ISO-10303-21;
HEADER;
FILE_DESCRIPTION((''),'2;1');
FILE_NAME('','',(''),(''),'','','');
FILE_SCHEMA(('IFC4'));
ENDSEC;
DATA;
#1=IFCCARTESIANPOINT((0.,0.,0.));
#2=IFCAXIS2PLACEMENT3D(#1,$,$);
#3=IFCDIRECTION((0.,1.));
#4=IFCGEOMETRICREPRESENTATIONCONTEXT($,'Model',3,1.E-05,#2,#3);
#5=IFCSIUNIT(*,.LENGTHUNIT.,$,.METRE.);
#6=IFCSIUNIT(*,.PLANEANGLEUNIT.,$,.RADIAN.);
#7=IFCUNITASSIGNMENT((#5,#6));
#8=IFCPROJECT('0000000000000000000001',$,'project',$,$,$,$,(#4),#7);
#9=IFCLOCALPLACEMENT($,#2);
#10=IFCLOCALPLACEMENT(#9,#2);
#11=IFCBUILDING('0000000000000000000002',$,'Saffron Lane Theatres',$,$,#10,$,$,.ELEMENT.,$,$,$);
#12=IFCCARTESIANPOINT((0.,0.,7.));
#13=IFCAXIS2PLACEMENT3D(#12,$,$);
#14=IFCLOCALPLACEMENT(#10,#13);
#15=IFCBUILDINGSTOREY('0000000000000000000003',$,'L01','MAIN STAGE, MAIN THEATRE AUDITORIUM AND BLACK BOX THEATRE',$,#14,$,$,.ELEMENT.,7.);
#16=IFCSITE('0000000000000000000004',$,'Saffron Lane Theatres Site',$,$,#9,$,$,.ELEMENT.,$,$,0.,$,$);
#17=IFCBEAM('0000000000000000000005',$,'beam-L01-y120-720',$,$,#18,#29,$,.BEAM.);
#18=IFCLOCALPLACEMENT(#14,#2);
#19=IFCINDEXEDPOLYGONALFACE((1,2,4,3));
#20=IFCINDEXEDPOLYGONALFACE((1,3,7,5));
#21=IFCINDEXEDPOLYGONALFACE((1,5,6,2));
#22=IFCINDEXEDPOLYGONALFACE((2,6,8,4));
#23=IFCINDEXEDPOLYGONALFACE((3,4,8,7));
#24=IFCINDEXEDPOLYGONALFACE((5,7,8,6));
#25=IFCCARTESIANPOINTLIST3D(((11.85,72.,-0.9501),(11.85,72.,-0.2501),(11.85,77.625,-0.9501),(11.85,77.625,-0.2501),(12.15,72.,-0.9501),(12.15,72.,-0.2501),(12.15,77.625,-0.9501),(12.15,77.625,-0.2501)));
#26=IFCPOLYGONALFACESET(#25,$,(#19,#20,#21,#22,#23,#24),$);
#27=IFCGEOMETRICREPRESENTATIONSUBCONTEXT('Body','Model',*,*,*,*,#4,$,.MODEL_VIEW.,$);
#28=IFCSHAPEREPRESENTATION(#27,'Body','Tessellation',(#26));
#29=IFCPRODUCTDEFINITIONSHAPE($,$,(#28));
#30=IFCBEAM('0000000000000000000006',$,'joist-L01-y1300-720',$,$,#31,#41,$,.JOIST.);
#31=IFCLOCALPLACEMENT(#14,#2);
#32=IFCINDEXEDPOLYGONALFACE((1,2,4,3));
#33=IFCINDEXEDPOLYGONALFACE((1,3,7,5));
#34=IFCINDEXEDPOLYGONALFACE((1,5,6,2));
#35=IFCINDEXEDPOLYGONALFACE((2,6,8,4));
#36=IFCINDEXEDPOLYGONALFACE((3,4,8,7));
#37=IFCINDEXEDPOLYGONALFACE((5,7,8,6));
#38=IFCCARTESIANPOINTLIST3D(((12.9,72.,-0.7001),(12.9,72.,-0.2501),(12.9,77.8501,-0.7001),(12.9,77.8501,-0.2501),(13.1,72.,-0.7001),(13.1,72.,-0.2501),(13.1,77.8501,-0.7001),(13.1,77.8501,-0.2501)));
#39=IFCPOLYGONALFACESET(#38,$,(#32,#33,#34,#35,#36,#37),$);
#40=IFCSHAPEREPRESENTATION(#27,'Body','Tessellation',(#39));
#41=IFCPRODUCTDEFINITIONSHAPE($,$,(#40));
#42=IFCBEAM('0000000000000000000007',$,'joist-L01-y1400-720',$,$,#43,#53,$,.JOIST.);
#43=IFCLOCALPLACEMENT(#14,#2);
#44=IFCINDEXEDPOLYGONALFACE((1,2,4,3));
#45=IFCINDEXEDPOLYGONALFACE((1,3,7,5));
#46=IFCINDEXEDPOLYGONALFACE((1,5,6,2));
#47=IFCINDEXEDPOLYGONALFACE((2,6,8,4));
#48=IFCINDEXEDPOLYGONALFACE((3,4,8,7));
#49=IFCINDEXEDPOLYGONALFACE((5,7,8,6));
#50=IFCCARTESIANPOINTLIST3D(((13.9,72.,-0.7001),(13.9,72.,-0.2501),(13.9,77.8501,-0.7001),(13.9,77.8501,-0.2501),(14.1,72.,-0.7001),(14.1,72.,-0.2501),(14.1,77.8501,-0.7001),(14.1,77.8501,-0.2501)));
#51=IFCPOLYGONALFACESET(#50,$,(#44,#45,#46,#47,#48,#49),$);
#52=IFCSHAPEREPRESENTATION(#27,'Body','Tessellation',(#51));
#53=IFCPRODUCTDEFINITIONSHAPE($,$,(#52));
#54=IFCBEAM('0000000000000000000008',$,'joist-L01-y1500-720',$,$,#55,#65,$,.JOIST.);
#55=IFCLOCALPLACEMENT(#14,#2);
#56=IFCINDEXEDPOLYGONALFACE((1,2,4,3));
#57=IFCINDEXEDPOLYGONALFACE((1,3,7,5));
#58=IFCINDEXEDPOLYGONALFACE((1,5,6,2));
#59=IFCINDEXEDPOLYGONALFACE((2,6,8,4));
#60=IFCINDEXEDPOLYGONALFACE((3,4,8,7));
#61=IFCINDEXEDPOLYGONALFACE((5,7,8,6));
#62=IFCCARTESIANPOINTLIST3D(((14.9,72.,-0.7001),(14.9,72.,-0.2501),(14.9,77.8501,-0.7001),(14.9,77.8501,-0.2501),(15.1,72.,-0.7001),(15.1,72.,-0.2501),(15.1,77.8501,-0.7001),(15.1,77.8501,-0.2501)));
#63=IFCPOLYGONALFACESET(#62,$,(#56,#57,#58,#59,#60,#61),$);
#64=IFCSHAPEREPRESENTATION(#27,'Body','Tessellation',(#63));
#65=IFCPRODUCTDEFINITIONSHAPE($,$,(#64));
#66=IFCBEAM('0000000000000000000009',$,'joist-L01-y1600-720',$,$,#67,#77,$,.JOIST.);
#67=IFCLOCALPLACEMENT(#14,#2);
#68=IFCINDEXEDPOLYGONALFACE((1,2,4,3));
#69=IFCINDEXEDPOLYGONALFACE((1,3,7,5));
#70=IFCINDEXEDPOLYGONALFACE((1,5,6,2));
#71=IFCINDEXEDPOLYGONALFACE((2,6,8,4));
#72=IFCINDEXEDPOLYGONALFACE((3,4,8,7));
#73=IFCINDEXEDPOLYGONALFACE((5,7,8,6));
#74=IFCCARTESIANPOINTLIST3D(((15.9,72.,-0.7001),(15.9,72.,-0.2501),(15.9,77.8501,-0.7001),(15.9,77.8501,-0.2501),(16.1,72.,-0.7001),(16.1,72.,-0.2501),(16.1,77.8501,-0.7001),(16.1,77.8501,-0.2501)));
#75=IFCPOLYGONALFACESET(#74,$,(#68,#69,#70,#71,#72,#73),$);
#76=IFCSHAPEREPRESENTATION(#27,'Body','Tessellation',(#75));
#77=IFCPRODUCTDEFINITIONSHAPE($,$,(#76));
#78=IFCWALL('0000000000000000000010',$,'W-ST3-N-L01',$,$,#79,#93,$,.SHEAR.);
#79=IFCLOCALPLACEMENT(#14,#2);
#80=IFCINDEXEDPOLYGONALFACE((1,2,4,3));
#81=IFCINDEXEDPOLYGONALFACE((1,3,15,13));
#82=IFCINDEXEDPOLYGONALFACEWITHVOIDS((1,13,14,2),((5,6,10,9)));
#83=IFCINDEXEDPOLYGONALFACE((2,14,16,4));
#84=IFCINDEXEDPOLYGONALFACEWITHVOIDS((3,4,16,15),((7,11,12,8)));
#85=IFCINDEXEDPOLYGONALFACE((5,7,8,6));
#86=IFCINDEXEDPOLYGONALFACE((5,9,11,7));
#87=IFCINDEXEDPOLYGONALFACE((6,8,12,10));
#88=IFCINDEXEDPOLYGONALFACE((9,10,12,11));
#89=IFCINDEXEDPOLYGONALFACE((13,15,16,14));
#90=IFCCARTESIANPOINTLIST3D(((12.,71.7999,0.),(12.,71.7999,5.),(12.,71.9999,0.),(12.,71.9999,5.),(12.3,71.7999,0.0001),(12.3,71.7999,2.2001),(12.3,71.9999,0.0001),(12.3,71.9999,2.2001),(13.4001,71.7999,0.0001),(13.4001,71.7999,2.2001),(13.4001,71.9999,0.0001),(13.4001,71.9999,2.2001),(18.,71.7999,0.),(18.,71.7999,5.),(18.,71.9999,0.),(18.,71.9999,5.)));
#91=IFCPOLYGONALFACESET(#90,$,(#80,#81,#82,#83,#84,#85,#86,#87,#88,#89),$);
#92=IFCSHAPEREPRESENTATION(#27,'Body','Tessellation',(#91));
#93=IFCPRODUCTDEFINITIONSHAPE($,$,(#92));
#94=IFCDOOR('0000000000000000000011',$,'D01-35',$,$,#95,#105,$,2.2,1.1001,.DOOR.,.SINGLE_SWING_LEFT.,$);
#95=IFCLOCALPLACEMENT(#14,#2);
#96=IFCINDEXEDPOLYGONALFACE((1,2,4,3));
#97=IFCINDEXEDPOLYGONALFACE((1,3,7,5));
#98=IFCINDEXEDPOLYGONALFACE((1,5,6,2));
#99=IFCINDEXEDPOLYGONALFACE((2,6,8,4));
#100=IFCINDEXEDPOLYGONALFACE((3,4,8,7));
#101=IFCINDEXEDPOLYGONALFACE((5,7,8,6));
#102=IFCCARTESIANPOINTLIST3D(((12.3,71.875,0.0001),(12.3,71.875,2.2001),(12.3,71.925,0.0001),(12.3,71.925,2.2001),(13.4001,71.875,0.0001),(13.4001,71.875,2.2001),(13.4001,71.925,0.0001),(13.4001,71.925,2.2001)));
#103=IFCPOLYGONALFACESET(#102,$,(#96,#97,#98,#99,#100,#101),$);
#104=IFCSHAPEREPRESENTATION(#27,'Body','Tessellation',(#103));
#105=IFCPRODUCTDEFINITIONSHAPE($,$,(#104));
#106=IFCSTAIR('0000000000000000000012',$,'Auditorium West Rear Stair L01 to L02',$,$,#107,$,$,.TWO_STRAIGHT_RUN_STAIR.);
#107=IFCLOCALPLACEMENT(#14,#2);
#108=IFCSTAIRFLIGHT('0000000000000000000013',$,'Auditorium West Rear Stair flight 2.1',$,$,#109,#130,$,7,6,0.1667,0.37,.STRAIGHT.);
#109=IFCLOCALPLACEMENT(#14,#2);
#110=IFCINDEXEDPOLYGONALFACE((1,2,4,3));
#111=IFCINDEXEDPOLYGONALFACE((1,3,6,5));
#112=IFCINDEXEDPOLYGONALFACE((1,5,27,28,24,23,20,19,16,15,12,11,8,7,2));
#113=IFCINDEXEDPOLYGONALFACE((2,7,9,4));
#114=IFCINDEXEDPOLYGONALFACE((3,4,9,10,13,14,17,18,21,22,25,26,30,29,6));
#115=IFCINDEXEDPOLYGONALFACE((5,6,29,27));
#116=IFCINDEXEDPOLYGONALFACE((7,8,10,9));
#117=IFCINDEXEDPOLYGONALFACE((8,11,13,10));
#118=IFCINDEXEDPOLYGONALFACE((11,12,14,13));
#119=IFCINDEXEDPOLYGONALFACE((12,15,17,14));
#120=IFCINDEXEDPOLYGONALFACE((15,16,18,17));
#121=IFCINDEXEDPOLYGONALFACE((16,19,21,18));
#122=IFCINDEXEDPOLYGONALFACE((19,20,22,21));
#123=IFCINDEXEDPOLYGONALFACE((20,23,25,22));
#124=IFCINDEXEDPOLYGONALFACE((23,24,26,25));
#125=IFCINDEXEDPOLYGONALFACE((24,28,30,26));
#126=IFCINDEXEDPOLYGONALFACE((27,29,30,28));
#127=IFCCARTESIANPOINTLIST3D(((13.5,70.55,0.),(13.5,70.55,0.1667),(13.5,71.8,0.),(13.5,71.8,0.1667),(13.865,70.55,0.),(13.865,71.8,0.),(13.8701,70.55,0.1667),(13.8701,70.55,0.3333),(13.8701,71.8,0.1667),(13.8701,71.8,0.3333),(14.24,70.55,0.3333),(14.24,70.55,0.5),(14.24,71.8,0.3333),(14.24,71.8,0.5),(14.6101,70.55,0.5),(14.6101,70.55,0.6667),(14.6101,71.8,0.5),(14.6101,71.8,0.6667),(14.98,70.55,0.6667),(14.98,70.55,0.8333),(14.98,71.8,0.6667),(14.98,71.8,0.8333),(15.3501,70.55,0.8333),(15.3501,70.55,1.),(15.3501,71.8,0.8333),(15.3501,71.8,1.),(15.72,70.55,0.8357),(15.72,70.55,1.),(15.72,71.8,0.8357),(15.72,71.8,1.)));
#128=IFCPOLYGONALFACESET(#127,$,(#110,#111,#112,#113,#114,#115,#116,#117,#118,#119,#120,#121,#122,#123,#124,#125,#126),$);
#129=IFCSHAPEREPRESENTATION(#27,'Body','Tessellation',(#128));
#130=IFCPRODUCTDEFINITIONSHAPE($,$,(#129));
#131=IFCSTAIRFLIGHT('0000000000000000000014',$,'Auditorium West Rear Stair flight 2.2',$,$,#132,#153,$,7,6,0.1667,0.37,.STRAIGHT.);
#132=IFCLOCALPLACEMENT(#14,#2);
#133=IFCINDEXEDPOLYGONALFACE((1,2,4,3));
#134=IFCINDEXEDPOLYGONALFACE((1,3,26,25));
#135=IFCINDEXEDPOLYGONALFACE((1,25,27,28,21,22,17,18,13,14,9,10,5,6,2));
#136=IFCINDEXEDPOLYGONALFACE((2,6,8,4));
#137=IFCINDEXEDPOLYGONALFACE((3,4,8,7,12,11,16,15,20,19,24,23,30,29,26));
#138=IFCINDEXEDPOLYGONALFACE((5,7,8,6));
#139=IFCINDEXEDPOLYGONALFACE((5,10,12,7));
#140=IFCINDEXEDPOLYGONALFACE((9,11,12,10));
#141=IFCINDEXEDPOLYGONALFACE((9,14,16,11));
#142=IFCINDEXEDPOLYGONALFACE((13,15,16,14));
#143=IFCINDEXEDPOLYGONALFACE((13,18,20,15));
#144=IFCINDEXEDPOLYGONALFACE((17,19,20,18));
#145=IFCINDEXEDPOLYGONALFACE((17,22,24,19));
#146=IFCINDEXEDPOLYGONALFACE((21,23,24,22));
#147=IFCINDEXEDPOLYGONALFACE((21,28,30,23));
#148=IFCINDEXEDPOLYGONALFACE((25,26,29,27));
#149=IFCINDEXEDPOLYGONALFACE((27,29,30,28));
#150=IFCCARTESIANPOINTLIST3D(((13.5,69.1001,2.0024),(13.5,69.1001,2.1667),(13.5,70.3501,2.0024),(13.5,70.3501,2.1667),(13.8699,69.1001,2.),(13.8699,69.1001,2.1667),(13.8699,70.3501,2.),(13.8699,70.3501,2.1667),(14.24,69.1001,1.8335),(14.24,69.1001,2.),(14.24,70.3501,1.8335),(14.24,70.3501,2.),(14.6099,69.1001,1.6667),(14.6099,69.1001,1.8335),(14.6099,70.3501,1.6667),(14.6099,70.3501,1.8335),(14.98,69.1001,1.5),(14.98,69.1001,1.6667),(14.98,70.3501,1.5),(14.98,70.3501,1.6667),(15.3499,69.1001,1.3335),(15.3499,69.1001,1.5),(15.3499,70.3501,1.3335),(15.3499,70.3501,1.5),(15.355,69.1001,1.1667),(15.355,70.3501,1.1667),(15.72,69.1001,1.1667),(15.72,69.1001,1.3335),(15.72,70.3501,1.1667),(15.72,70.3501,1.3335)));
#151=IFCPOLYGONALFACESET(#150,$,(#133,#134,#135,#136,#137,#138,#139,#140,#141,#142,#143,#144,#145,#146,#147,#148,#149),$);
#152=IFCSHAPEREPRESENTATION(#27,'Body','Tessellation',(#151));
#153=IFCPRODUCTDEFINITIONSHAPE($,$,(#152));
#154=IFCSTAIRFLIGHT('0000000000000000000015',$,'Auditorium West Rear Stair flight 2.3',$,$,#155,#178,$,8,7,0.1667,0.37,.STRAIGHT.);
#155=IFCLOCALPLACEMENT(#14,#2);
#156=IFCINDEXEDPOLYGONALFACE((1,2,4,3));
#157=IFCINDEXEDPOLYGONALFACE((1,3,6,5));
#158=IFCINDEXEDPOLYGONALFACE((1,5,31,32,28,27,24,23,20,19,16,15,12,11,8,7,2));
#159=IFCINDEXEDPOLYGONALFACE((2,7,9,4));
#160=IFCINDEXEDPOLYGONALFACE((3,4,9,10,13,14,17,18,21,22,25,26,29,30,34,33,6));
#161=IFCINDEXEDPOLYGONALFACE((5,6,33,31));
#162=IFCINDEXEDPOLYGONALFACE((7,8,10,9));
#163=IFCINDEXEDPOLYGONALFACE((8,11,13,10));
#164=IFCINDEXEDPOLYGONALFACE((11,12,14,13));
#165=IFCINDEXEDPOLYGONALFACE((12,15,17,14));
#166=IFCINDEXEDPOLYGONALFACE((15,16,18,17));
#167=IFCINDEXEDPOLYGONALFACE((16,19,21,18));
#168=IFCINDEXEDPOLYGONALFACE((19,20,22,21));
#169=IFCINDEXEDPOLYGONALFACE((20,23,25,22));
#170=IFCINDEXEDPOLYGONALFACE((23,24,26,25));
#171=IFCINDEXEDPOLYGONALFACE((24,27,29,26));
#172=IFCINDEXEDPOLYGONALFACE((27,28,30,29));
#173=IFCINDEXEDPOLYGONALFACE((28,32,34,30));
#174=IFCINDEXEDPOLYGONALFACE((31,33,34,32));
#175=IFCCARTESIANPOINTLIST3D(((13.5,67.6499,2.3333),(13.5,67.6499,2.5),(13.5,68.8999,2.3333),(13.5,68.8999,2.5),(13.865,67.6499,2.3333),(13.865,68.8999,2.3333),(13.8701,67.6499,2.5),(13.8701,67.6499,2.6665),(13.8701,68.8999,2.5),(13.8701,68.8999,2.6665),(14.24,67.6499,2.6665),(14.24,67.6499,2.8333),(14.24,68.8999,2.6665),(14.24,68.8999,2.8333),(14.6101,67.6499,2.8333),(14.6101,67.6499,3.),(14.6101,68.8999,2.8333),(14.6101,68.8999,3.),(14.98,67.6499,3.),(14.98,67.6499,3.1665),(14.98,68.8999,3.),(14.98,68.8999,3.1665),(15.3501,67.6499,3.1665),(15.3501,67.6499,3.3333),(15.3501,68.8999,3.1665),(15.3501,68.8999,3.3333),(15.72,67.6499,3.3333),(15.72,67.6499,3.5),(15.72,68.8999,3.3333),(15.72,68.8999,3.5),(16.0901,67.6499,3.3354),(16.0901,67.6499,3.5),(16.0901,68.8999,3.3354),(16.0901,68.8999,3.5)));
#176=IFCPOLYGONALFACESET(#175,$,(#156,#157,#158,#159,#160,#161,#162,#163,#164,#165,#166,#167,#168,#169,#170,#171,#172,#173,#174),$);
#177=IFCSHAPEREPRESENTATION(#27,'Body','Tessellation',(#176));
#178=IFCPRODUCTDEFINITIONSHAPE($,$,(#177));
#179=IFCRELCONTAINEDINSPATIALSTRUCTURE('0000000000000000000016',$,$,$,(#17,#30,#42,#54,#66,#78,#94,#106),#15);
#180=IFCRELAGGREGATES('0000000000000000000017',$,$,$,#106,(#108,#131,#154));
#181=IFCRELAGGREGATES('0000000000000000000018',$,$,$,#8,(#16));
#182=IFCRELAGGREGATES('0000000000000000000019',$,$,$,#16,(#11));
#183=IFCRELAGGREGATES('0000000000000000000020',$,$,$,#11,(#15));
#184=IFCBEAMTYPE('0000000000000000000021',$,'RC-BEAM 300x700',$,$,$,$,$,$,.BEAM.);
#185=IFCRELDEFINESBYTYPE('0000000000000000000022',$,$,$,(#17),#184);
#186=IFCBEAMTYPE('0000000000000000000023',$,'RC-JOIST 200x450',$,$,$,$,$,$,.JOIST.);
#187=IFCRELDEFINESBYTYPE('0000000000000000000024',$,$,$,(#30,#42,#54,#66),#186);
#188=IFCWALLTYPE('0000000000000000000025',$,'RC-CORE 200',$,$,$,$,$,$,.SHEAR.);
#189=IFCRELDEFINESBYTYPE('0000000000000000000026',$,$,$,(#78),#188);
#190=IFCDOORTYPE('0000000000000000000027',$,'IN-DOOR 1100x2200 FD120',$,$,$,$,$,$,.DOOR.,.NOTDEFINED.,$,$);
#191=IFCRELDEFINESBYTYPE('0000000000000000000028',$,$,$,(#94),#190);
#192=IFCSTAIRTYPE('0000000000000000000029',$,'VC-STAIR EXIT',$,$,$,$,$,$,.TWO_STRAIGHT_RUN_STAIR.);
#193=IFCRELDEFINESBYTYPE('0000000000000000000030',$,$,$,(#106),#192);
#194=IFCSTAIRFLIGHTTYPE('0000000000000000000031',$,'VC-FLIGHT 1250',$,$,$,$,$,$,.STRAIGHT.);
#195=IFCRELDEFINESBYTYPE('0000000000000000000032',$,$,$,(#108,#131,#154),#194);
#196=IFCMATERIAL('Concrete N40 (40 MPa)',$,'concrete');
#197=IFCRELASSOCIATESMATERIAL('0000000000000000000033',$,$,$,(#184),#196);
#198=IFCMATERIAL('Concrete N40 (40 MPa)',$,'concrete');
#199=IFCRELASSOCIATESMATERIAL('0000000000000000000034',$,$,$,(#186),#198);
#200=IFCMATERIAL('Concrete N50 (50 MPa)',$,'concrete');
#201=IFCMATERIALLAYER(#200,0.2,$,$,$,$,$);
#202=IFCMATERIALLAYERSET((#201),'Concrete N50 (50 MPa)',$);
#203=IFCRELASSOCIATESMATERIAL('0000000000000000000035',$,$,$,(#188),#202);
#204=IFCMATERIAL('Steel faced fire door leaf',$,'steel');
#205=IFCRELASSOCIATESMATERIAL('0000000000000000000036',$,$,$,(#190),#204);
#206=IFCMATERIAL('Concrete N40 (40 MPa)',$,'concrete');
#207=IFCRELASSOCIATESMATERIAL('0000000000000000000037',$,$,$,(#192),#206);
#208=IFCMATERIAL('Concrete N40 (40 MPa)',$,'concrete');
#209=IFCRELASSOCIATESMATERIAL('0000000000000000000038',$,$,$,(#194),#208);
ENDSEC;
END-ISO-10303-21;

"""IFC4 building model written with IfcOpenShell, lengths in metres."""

from ifc_helpers import new_model, si_unit, direction, frame, frame_2d, origin, origin_2d, place, context, subcontext, project, spatial, polyline, rectangle, outline, extrude, material, layer, layer_set, material_profile, profile_set, type_object, element, fill, aggregate, save


model = new_model("IFC4")

# Units and contexts
model_context = context("Model", 3, precision=1e-05, world=origin(), true_north=direction((0.0, 1.0)))
body_context = subcontext(model_context, "Body", "Model", "MODEL_VIEW")
ifc_project = project(units=[si_unit("LENGTHUNIT", "METRE"), si_unit("PLANEANGLEUNIT", "RADIAN")], contexts=[model_context])

# Site, building, storey
site_placement = place(None, origin())
site = spatial("IfcSite", under=ifc_project, at=site_placement, Name="Saffron Lane Theatres Site", CompositionType="ELEMENT", RefElevation=0.0)
building_placement = place(site_placement, origin())
building = spatial("IfcBuilding", under=site, at=building_placement, Name="Saffron Lane Theatres", CompositionType="ELEMENT")
storey_placement = place(building_placement, frame((0.0, 0.0, 7.0)))
storey = spatial("IfcBuildingStorey", under=building, at=storey_placement, Name="L01", Description="MAIN STAGE, MAIN THEATRE AUDITORIUM AND BLACK BOX THEATRE", CompositionType="ELEMENT", Elevation=7.0)

# Beams
ifc_material_1 = material(Name="Concrete N40 (40 MPa)", Category="concrete")
ifc_material_profile_1 = material_profile(ifc_material_1, rectangle(XDim=0.3, YDim=0.7, at=origin_2d()))
ifc_profile_set_1 = profile_set([ifc_material_profile_1], Name="Concrete N40 (40 MPa)")
beam_type_1 = type_object("IfcBeamType", Name="RC-BEAM 300x700", PredefinedType="BEAM", material=ifc_profile_set_1)
beam_placement = place(storey_placement, frame((12.0, 72.0, -0.6001), z_axis=(0.0, 1.0, 0.0), x_axis=(-1.0, 0.0, 0.0)))
element("IfcBeam", 1, at=beam_placement, inside=storey, type_object=beam_type_1, Name="beam-L01-y120-720", PredefinedType="BEAM", context=body_context, shape_type="SweptSolid", body=[
    extrude(rectangle(XDim=0.3, YDim=0.7, at=origin_2d()), origin(), (0.0, 0.0, 1.0), 5.625),
])
ifc_material_2 = material(Name="Concrete N40 (40 MPa)", Category="concrete")
ifc_material_profile_2 = material_profile(ifc_material_2, rectangle(XDim=0.2, YDim=0.45, at=origin_2d()))
ifc_profile_set_2 = profile_set([ifc_material_profile_2], Name="Concrete N40 (40 MPa)")
beam_type_2 = type_object("IfcBeamType", Name="RC-JOIST 200x450", PredefinedType="JOIST", material=ifc_profile_set_2)
for number, where, z_axis, x_axis, name in (
    (2, (13.0, 72.0, -0.4751), (0.0, 1.0, 0.0), (-1.0, 0.0, 0.0), "joist-L01-y1300-720"),
    (3, (14.0, 72.0, -0.4751), (0.0, 1.0, 0.0), (-1.0, 0.0, 0.0), "joist-L01-y1400-720"),
    (4, (15.0, 72.0, -0.4751), (0.0, 1.0, 0.0), (-1.0, 0.0, 0.0), "joist-L01-y1500-720"),
    (5, (16.0, 72.0, -0.4751), (0.0, 1.0, 0.0), (-1.0, 0.0, 0.0), "joist-L01-y1600-720"),
):
    element("IfcBeam", number, at=place(storey_placement, frame(where, z_axis=z_axis, x_axis=x_axis)), inside=storey, type_object=beam_type_2, Name=name, PredefinedType="JOIST", context=body_context, shape_type="SweptSolid", body=[
        extrude(rectangle(XDim=0.2, YDim=0.45, at=origin_2d()), origin(), (0.0, 0.0, 1.0), 5.8501),
    ])

# Wall, opening, door
ifc_material_3 = material(Name="Concrete N50 (50 MPa)", Category="concrete")
ifc_layer_1 = layer(ifc_material_3, 0.2)
ifc_layer_set_1 = layer_set([ifc_layer_1], Name="Concrete N50 (50 MPa)")
wall_type = type_object("IfcWallType", Name="RC-CORE 200", PredefinedType="SHEAR", material=ifc_layer_set_1)
wall_placement = place(storey_placement, frame((12.0, 71.8999, 0.0), z_axis=(0.0, 0.0, 1.0), x_axis=(1.0, 0.0, 0.0)))
wall = element("IfcWall", 6, at=wall_placement, inside=storey, type_object=wall_type, Name="W-ST3-N-L01", PredefinedType="SHEAR", context=body_context, shape_type="SweptSolid", body=[
    extrude(rectangle(XDim=6.0, YDim=0.2, at=frame_2d((3.0, 0.0))), origin(), (0.0, 0.0, 1.0), 5.0),
])
opening_placement = place(wall_placement, frame((0.3, 0.0, 0.0)))
opening = element("IfcOpeningElement", 7, at=opening_placement, cuts=wall, PredefinedType="OPENING", context=body_context, shape_type="SweptSolid", body=[
    extrude(rectangle(XDim=1.1001, YDim=2.2, at=frame_2d((0.55, 1.1001))), frame((0.0, 0.1099, 0.0), z_axis=(0.0, -1.0, 0.0), x_axis=(1.0, 0.0, 0.0)), (0.0, 0.0, 1.0), 0.22),
])
ifc_material_4 = material(Name="Steel faced fire door leaf", Category="steel")
door_type = type_object("IfcDoorType", Name="IN-DOOR 1100x2200 FD120", OperationType="NOTDEFINED", PredefinedType="DOOR", material=ifc_material_4)
door_placement = place(opening_placement, frame((1.1001, 0.0, 0.0), z_axis=(0.0, 0.0, 1.0), x_axis=(-1.0, 0.0, 0.0)))
door = element("IfcDoor", 8, at=door_placement, inside=storey, type_object=door_type, Name="D01-35", OperationType="SINGLE_SWING_LEFT", OverallHeight=2.2, OverallWidth=1.1001, PredefinedType="DOOR", context=body_context, shape_type="SweptSolid", body=[
    extrude(rectangle(XDim=1.1001, YDim=2.2, at=frame_2d((0.55, 1.1001))), frame((0.0, 0.0249, 0.0), z_axis=(0.0, -1.0, 0.0), x_axis=(1.0, 0.0, 0.0)), (0.0, 0.0, 1.0), 0.05),
])
fill(opening, door)

# Stair, stair flights
ifc_material_5 = material(Name="Concrete N40 (40 MPa)", Category="concrete")
stair_type = type_object("IfcStairType", Name="VC-STAIR EXIT", PredefinedType="TWO_STRAIGHT_RUN_STAIR", material=ifc_material_5)
stair_placement = place(storey_placement, origin())
stair = element("IfcStair", 9, at=stair_placement, inside=storey, type_object=stair_type, Name="Auditorium West Rear Stair L01 to L02", PredefinedType="TWO_STRAIGHT_RUN_STAIR")
ifc_material_6 = material(Name="Concrete N40 (40 MPa)", Category="concrete")
stair_flight_type = type_object("IfcStairFlightType", Name="VC-FLIGHT 1250", PredefinedType="STRAIGHT", material=ifc_material_6)
stair_flight_1_placement = place(storey_placement, frame((13.5, 71.175, 0.0), z_axis=(0.0, 0.0, 1.0), x_axis=(1.0, 0.0, 0.0)))
stair_flight_1 = element("IfcStairFlight", 10, at=stair_flight_1_placement, type_object=stair_flight_type, Name="Auditorium West Rear Stair flight 2.1", NumberOfRisers=7, NumberOfTreads=6, PredefinedType="STRAIGHT", RiserHeight=0.1667, TreadLength=0.37, context=body_context, shape_type="SweptSolid", body=[
    extrude(outline(polyline([(0.0, 0.0), (0.0, 0.1667), (0.3701, 0.1667), (0.3701, 0.3333), (0.74, 0.3333), (0.74, 0.5), (1.1101, 0.5), (1.1101, 0.6667), (1.48, 0.6667), (1.48, 0.8333), (1.8501, 0.8333), (1.8501, 1.0), (2.22, 1.0), (2.22, 1.1667), (2.22, 0.8357), (0.365, 0.0), (0.0, 0.0)])), frame((0.0, 0.625, 0.0), z_axis=(0.0, -1.0, 0.0), x_axis=(1.0, 0.0, 0.0)), (0.0, 0.0, 1.0), 1.25),
])
stair_flight_2_placement = place(storey_placement, frame((15.72, 69.7251, 1.1667), z_axis=(0.0, 0.0, 1.0), x_axis=(-1.0, 0.0, 0.0)))
stair_flight_2 = element("IfcStairFlight", 11, at=stair_flight_2_placement, type_object=stair_flight_type, Name="Auditorium West Rear Stair flight 2.2", NumberOfRisers=7, NumberOfTreads=6, PredefinedType="STRAIGHT", RiserHeight=0.1667, TreadLength=0.37, context=body_context, shape_type="SweptSolid", body=[
    extrude(outline(polyline([(0.0, 0.0), (0.0, 0.1667), (0.3701, 0.1667), (0.3701, 0.3333), (0.74, 0.3333), (0.74, 0.5), (1.1101, 0.5), (1.1101, 0.6667), (1.48, 0.6667), (1.48, 0.8333), (1.8501, 0.8333), (1.8501, 1.0), (2.22, 1.0), (2.22, 1.1667), (2.22, 0.8357), (0.365, 0.0), (0.0, 0.0)])), frame((0.0, 0.625, 0.0), z_axis=(0.0, -1.0, 0.0), x_axis=(1.0, 0.0, 0.0)), (0.0, 0.0, 1.0), 1.25),
])
stair_flight_3_placement = place(storey_placement, frame((13.5, 68.2749, 2.3333), z_axis=(0.0, 0.0, 1.0), x_axis=(1.0, 0.0, 0.0)))
stair_flight_3 = element("IfcStairFlight", 12, at=stair_flight_3_placement, type_object=stair_flight_type, Name="Auditorium West Rear Stair flight 2.3", NumberOfRisers=8, NumberOfTreads=7, PredefinedType="STRAIGHT", RiserHeight=0.1667, TreadLength=0.37, context=body_context, shape_type="SweptSolid", body=[
    extrude(outline(polyline([(0.0, 0.0), (0.0, 0.1667), (0.3701, 0.1667), (0.3701, 0.3333), (0.74, 0.3333), (0.74, 0.5), (1.1101, 0.5), (1.1101, 0.6667), (1.48, 0.6667), (1.48, 0.8333), (1.8501, 0.8333), (1.8501, 1.0), (2.22, 1.0), (2.22, 1.1667), (2.5901, 1.1667), (2.5901, 1.3333), (2.5901, 1.0022), (0.365, 0.0), (0.0, 0.0)])), frame((0.0, 0.625, 0.0), z_axis=(0.0, -1.0, 0.0), x_axis=(1.0, 0.0, 0.0)), (0.0, 0.0, 1.0), 1.25),
])
aggregate(stair, [stair_flight_1, stair_flight_2, stair_flight_3])

save(model, "model.ifc")
